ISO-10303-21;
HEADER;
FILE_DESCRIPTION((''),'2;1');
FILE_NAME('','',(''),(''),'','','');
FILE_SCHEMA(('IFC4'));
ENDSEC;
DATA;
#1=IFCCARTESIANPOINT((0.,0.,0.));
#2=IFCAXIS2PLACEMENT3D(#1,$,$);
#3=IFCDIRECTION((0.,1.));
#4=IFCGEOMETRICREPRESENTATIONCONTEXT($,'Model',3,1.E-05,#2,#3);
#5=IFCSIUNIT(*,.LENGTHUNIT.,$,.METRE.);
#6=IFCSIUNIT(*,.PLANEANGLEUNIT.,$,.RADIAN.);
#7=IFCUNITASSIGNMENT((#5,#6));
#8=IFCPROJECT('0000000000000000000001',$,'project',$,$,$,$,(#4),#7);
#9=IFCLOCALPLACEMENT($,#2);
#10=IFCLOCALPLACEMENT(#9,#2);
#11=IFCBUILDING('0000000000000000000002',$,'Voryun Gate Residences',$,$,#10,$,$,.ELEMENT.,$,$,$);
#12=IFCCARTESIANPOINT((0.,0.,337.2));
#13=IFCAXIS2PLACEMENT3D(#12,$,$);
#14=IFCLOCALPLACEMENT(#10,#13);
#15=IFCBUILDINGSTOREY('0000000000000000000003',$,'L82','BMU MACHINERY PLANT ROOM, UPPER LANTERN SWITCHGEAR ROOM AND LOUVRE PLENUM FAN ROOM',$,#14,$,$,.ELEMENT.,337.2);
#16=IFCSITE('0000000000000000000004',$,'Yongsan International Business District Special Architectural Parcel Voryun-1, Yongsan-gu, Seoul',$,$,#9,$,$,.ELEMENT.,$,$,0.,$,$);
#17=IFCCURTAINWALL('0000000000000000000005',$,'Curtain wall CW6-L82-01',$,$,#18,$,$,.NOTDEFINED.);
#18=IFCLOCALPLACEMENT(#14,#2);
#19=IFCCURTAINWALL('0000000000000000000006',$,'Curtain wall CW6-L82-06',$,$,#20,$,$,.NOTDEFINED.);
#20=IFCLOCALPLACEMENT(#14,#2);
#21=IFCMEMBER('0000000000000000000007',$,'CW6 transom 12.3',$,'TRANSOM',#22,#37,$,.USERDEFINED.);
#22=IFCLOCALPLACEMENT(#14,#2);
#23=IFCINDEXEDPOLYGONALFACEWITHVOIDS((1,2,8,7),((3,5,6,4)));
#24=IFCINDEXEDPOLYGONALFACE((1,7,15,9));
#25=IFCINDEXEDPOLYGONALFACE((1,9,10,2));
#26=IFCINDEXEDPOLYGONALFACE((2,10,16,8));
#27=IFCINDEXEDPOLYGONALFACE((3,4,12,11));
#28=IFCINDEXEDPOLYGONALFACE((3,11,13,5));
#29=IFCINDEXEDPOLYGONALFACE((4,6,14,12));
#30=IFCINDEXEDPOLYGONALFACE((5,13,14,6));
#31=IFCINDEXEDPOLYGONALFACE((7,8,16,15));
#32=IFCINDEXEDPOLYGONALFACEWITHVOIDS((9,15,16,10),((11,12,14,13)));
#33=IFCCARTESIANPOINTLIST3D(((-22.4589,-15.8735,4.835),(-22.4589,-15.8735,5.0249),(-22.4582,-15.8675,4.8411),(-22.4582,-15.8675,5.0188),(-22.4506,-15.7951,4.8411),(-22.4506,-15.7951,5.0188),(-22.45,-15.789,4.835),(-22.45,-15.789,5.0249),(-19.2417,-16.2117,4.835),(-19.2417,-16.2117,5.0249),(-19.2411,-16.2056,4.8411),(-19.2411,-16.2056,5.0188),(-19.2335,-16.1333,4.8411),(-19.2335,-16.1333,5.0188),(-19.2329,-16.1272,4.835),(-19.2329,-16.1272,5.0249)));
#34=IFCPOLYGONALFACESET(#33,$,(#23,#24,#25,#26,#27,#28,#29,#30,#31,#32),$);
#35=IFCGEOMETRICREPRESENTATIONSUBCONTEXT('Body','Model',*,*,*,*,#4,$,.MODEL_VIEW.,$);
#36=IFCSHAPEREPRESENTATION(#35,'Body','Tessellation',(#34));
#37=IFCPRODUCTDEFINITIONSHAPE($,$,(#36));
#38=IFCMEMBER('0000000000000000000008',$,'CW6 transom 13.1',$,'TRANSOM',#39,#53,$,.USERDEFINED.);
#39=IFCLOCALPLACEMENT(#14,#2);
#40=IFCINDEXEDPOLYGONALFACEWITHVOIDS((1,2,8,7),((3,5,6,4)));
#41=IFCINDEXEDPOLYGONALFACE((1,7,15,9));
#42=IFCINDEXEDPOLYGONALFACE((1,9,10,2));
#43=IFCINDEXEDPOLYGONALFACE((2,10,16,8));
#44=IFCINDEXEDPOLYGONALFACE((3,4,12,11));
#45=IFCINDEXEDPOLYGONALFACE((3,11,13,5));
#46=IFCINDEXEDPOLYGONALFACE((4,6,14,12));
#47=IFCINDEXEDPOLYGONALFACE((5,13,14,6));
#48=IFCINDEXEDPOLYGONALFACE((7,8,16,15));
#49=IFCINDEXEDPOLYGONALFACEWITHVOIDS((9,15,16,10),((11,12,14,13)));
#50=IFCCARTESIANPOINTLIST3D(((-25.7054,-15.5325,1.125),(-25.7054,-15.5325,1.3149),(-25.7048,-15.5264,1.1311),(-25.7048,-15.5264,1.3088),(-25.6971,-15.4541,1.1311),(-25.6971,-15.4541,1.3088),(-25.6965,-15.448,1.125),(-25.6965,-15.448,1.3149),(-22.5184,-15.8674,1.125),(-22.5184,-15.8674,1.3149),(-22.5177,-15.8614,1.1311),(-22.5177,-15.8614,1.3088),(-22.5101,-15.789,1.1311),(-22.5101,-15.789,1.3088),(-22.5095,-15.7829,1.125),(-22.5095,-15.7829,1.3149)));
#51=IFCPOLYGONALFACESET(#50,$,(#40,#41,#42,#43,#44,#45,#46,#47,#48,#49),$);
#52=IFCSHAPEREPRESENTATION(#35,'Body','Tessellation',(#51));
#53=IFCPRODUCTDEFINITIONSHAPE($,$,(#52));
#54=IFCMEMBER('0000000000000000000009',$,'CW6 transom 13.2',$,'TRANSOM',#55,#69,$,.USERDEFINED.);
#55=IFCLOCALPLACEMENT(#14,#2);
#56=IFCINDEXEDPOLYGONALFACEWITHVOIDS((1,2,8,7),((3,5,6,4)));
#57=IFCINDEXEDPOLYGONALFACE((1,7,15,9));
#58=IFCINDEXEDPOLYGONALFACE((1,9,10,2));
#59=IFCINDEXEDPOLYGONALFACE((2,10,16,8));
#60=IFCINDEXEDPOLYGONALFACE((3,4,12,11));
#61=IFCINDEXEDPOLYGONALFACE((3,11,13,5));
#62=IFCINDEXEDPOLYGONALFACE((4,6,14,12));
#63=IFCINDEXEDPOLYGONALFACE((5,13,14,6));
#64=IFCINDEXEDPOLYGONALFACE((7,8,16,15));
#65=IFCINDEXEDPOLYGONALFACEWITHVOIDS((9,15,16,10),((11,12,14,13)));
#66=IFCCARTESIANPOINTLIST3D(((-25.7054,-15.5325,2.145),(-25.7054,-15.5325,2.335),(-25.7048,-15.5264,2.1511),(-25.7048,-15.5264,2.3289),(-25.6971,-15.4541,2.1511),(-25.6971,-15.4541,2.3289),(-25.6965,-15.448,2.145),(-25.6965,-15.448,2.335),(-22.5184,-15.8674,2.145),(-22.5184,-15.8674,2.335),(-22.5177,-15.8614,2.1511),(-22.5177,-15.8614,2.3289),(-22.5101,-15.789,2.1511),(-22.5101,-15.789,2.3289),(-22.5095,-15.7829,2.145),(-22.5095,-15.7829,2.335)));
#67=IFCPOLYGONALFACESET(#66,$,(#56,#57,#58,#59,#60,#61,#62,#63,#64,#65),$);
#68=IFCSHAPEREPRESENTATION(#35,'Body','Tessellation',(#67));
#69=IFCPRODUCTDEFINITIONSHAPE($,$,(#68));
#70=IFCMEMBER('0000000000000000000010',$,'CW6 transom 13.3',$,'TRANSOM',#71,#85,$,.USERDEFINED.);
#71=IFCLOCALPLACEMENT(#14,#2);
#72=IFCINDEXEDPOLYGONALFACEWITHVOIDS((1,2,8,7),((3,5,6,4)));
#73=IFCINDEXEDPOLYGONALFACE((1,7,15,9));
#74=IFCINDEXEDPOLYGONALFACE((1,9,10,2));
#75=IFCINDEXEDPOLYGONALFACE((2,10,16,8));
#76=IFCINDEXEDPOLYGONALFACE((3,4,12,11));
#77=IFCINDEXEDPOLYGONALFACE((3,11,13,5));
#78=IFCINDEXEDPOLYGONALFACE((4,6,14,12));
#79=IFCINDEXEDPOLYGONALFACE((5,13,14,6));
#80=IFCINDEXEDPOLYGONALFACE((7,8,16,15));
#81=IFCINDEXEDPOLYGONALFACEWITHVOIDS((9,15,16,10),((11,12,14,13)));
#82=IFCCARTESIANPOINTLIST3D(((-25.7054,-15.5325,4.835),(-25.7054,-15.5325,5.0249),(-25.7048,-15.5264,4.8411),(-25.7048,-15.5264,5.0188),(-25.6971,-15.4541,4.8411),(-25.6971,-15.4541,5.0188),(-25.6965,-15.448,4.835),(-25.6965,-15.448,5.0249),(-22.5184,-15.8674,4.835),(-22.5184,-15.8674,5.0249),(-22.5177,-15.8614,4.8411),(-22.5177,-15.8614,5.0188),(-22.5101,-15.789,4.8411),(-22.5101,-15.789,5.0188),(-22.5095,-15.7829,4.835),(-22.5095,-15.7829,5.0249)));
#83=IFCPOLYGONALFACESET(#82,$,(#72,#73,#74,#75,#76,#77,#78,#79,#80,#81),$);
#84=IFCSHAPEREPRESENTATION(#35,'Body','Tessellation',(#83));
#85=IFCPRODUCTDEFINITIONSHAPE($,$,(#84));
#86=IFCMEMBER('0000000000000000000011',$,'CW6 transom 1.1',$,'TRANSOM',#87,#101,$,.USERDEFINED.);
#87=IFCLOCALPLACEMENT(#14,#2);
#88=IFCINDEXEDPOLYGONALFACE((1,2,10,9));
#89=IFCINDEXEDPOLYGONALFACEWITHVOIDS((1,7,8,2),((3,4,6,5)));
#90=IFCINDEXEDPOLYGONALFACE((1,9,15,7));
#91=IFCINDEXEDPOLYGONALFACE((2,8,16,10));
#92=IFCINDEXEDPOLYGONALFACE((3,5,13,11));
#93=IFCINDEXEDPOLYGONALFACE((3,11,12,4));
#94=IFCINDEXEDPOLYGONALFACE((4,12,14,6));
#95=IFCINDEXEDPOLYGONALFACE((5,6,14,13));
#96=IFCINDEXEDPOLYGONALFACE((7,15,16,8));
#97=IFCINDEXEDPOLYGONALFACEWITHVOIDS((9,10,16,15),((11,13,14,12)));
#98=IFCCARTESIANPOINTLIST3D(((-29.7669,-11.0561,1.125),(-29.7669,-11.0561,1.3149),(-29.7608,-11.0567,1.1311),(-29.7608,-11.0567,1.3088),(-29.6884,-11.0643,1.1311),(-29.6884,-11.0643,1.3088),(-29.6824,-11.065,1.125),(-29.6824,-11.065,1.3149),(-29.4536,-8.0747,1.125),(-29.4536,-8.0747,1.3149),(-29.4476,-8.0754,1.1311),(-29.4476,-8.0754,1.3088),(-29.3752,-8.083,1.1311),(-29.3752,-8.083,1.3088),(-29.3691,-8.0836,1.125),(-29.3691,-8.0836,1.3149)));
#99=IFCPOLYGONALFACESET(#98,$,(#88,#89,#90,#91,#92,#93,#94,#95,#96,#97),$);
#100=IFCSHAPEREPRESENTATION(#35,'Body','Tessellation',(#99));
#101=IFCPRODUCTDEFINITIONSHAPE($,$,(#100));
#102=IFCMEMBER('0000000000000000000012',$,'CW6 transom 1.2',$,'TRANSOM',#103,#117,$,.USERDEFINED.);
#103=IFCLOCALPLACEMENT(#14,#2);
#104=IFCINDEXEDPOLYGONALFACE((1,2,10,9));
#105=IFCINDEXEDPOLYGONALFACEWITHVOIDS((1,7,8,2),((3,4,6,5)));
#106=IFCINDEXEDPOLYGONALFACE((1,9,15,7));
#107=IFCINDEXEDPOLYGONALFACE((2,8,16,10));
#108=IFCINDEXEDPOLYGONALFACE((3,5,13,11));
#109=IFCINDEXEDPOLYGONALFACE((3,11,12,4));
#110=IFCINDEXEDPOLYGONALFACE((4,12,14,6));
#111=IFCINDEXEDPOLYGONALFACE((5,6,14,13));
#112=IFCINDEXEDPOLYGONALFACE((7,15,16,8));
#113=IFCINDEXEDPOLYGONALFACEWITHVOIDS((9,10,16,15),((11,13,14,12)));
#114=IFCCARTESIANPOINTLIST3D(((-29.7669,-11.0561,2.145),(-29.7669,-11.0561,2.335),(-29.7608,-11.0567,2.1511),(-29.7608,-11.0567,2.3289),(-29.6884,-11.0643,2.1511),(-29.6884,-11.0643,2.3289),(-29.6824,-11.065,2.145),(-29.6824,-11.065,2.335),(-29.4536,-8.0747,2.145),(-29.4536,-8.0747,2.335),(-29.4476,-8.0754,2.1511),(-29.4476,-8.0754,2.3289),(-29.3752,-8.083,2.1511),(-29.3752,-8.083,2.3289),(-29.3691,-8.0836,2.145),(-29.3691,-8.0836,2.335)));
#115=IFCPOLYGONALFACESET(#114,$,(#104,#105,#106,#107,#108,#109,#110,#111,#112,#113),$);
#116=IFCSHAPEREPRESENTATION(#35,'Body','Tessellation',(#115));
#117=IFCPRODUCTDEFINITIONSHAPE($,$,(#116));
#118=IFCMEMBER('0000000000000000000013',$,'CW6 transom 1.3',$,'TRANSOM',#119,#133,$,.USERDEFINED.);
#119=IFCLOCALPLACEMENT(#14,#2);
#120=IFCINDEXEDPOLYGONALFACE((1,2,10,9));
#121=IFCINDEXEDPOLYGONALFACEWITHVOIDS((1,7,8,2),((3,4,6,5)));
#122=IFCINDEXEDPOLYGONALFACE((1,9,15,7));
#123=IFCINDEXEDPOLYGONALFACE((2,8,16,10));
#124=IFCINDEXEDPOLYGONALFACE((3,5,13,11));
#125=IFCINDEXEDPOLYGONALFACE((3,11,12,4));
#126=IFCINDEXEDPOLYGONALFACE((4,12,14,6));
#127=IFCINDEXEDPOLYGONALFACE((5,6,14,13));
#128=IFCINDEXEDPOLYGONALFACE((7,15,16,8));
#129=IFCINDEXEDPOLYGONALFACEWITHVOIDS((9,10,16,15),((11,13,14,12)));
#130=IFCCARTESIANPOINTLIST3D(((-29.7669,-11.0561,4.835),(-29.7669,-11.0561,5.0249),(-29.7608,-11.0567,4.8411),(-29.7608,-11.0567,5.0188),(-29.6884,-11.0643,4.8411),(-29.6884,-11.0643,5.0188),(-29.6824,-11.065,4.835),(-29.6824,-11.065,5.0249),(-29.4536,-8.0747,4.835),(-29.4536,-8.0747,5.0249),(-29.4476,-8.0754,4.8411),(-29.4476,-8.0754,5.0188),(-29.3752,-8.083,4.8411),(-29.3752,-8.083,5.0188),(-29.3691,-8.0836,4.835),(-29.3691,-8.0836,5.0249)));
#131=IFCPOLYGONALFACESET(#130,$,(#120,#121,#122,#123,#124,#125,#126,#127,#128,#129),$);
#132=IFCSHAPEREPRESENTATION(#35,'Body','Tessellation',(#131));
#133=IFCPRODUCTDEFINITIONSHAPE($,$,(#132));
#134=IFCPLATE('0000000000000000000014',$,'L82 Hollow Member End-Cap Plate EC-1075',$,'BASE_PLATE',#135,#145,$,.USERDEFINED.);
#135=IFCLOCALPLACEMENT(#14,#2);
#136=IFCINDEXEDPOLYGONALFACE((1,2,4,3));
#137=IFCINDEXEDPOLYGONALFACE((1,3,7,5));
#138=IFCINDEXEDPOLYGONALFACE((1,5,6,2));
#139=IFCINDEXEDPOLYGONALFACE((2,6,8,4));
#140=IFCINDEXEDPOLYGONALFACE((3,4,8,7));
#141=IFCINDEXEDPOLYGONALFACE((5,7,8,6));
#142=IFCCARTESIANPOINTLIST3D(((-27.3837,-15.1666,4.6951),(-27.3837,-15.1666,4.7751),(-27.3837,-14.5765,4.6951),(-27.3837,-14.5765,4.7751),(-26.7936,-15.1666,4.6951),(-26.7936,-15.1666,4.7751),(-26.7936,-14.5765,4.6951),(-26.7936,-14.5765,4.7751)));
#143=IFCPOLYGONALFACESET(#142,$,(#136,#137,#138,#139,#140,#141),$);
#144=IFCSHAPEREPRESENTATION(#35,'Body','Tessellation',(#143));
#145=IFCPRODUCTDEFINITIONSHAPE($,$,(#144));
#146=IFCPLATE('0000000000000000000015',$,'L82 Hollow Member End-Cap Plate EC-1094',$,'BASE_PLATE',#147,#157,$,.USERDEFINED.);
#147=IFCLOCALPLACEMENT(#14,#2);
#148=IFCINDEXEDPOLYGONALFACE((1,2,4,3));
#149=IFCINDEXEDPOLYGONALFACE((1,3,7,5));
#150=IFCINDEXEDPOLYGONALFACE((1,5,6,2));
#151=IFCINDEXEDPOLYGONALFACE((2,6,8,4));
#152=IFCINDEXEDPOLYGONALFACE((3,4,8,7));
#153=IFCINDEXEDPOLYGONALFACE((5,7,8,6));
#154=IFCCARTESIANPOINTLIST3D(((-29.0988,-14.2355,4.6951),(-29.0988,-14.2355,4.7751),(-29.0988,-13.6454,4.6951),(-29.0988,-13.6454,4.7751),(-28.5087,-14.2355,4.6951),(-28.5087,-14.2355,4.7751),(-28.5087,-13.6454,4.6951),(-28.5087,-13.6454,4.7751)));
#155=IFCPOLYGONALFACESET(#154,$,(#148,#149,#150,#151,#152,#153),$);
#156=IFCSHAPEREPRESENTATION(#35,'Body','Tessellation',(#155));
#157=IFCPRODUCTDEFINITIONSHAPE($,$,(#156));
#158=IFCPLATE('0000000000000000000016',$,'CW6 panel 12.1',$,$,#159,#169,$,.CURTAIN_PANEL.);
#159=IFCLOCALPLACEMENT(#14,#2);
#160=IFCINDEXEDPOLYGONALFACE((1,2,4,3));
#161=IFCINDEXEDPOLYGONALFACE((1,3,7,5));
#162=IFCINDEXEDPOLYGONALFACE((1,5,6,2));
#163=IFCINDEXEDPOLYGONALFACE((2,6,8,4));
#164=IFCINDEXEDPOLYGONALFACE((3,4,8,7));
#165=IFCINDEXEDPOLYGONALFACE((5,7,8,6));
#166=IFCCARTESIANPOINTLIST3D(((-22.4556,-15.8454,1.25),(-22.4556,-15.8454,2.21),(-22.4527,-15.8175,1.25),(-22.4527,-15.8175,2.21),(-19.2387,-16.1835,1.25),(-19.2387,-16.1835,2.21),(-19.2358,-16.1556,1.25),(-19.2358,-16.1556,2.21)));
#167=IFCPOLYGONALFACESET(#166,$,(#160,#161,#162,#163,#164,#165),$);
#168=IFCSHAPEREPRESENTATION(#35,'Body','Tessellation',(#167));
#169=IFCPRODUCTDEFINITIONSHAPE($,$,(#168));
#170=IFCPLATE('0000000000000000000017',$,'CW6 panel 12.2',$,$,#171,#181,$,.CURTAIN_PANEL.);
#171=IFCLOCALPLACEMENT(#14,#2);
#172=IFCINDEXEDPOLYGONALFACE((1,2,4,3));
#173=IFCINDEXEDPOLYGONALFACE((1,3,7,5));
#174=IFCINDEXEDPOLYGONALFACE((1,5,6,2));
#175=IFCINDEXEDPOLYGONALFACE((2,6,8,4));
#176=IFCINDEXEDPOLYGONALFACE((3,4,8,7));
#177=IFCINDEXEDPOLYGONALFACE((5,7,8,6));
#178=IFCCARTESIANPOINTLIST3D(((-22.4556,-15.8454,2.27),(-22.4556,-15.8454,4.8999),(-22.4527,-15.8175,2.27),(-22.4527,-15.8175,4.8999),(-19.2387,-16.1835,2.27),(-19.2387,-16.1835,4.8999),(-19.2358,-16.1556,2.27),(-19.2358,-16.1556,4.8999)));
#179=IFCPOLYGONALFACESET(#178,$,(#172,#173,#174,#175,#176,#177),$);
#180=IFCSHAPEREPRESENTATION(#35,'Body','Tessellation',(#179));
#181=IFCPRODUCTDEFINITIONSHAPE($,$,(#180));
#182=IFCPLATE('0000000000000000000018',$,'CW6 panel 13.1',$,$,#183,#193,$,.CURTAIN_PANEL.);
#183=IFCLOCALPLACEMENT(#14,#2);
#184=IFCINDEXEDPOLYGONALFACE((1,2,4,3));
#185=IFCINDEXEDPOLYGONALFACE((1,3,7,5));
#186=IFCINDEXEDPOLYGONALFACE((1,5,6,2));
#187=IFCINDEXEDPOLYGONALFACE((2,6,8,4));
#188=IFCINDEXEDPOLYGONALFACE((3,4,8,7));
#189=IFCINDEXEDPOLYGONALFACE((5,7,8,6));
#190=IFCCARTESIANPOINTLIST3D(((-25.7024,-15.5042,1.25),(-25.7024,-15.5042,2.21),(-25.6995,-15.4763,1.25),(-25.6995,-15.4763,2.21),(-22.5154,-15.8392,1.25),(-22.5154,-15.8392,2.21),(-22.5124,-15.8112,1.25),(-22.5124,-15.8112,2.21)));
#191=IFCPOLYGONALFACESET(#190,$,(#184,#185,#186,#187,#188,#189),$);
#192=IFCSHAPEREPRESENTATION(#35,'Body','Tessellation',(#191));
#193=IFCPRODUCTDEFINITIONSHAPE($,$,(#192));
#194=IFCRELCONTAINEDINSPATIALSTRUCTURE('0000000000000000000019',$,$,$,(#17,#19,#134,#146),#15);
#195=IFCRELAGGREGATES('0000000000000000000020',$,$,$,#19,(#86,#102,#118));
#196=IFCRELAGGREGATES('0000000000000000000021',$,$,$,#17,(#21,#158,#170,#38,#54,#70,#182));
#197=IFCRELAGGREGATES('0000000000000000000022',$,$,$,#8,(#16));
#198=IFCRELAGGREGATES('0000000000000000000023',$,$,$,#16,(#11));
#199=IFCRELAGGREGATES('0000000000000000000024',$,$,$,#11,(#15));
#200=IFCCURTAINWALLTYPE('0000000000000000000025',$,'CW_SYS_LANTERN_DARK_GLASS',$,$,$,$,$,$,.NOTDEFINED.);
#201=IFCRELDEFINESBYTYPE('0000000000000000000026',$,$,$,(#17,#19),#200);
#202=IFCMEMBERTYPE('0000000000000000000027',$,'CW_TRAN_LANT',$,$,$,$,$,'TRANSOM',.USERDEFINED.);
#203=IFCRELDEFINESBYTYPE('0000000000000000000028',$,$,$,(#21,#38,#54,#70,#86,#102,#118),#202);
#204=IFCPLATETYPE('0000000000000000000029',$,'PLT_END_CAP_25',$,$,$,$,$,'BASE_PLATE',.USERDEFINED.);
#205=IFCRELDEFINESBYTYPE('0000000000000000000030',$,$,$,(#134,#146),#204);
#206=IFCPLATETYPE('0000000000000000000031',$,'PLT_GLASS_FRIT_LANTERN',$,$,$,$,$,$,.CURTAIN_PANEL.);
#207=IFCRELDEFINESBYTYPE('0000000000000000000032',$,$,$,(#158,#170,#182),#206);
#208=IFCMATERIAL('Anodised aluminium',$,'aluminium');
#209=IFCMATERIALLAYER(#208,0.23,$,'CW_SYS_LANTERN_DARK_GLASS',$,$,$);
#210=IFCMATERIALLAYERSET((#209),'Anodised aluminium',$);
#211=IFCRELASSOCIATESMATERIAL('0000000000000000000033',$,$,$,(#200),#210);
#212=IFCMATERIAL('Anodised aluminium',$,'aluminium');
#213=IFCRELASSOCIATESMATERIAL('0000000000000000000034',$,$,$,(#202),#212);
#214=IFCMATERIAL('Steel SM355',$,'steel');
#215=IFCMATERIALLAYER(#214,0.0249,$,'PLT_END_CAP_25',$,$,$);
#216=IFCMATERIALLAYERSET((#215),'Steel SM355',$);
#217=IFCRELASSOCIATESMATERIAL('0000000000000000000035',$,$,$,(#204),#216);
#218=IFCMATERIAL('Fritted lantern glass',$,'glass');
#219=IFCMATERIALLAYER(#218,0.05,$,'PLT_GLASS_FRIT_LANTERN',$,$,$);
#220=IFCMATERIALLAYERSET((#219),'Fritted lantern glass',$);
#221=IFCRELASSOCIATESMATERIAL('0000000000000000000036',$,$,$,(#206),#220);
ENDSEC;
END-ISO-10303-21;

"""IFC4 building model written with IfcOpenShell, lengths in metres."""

from ifc_helpers import new_model, si_unit, direction, frame, origin, origin_2d, place, context, subcontext, project, spatial, rectangle, hollow_rectangle, extrude, material, layer, layer_set, material_profile, profile_set, type_object, element, aggregate, save


model = new_model("IFC4")

# Units and contexts
model_context = context("Model", 3, precision=1e-05, world=origin(), true_north=direction((0.0, 1.0)))
body_context = subcontext(model_context, "Body", "Model", "MODEL_VIEW")
ifc_project = project(units=[si_unit("LENGTHUNIT", "METRE"), si_unit("PLANEANGLEUNIT", "RADIAN")], contexts=[model_context])

# Site, building, storey
site_placement = place(None, origin())
site = spatial("IfcSite", under=ifc_project, at=site_placement, Name="Yongsan International Business District Special Architectural Parcel Voryun-1, Yongsan-gu, Seoul", CompositionType="ELEMENT", RefElevation=0.0)
building_placement = place(site_placement, origin())
building = spatial("IfcBuilding", under=site, at=building_placement, Name="Voryun Gate Residences", CompositionType="ELEMENT")
storey_placement = place(building_placement, frame((0.0, 0.0, 337.2)))
storey = spatial("IfcBuildingStorey", under=building, at=storey_placement, Name="L82", Description="BMU MACHINERY PLANT ROOM, UPPER LANTERN SWITCHGEAR ROOM AND LOUVRE PLENUM FAN ROOM", CompositionType="ELEMENT", Elevation=337.2)

# Curtain wall
ifc_material_1 = material(Name="Anodised aluminium", Category="aluminium")
ifc_layer_1 = layer(ifc_material_1, 0.23, Name="CW_SYS_LANTERN_DARK_GLASS")
ifc_layer_set_1 = layer_set([ifc_layer_1], Name="Anodised aluminium")
curtain_wall_type = type_object("IfcCurtainWallType", Name="CW_SYS_LANTERN_DARK_GLASS", PredefinedType="NOTDEFINED", material=ifc_layer_set_1)
curtain_wall_1_placement = place(storey_placement, origin())
curtain_wall_1 = element("IfcCurtainWall", 1, at=curtain_wall_1_placement, inside=storey, type_object=curtain_wall_type, Name="Curtain wall CW6-L82-01", PredefinedType="NOTDEFINED")

# Curtain wall
curtain_wall_2_placement = place(storey_placement, origin())
curtain_wall_2 = element("IfcCurtainWall", 2, at=curtain_wall_2_placement, inside=storey, type_object=curtain_wall_type, Name="Curtain wall CW6-L82-06", PredefinedType="NOTDEFINED")

# Members
ifc_material_2 = material(Name="Anodised aluminium", Category="aluminium")
ifc_material_profile_1 = material_profile(ifc_material_2, hollow_rectangle(XDim=0.085, YDim=0.1899, WallThickness=0.0061, at=origin_2d()), Name="ALU-TRAN-190x85x6")
ifc_profile_set_1 = profile_set([ifc_material_profile_1], Name="Anodised aluminium")
member_type_1 = type_object("IfcMemberType", Name="CW_TRAN_LANT", ElementType="TRANSOM", PredefinedType="USERDEFINED", material=ifc_profile_set_1)
member_1_placement = place(storey_placement, frame((-19.2373, -16.1694, 4.9299), z_axis=(-0.994522, 0.104532, 0.0), x_axis=(-0.104532, -0.994522, 0.0)))
member_1 = element("IfcMember", 3, at=member_1_placement, type_object=member_type_1, Name="CW6 transom 12.3", ObjectType="TRANSOM", PredefinedType="USERDEFINED", context=body_context, shape_type="SweptSolid", body=[
    extrude(hollow_rectangle(XDim=0.085, YDim=0.1899, WallThickness=0.0061, at=origin_2d()), origin(), (0.0, 0.0, 1.0), 3.2349),
])
member_2_placement = place(storey_placement, frame((-22.5139, -15.8252, 1.22), z_axis=(-0.994522, 0.104526, 0.0), x_axis=(-0.104526, -0.994522, 0.0)))
member_2 = element("IfcMember", 4, at=member_2_placement, type_object=member_type_1, Name="CW6 transom 13.1", ObjectType="TRANSOM", PredefinedType="USERDEFINED", context=body_context, shape_type="SweptSolid", body=[
    extrude(hollow_rectangle(XDim=0.085, YDim=0.1899, WallThickness=0.0061, at=origin_2d()), origin(), (0.0, 0.0, 1.0), 3.2046),
])
member_3_placement = place(storey_placement, frame((-22.5139, -15.8252, 2.24), z_axis=(-0.994522, 0.104526, 0.0), x_axis=(-0.104526, -0.994522, 0.0)))
member_3 = element("IfcMember", 5, at=member_3_placement, type_object=member_type_1, Name="CW6 transom 13.2", ObjectType="TRANSOM", PredefinedType="USERDEFINED", context=body_context, shape_type="SweptSolid", body=[
    extrude(hollow_rectangle(XDim=0.085, YDim=0.1899, WallThickness=0.0061, at=origin_2d()), origin(), (0.0, 0.0, 1.0), 3.2046),
])
member_4_placement = place(storey_placement, frame((-22.5139, -15.8252, 4.9299), z_axis=(-0.994522, 0.104526, 0.0), x_axis=(-0.104526, -0.994522, 0.0)))
member_4 = element("IfcMember", 6, at=member_4_placement, type_object=member_type_1, Name="CW6 transom 13.3", ObjectType="TRANSOM", PredefinedType="USERDEFINED", context=body_context, shape_type="SweptSolid", body=[
    extrude(hollow_rectangle(XDim=0.085, YDim=0.1899, WallThickness=0.0061, at=origin_2d()), origin(), (0.0, 0.0, 1.0), 3.2046),
])
member_5_placement = place(storey_placement, frame((-29.7246, -11.0605, 1.22), z_axis=(0.104486, 0.994526, 0.0), x_axis=(-0.994526, 0.104486, 0.0)))
member_5 = element("IfcMember", 7, at=member_5_placement, type_object=member_type_1, Name="CW6 transom 1.1", ObjectType="TRANSOM", PredefinedType="USERDEFINED", context=body_context, shape_type="SweptSolid", body=[
    extrude(hollow_rectangle(XDim=0.085, YDim=0.1899, WallThickness=0.0061, at=origin_2d()), origin(), (0.0, 0.0, 1.0), 2.9978),
])
member_6_placement = place(storey_placement, frame((-29.7246, -11.0605, 2.24), z_axis=(0.104486, 0.994526, 0.0), x_axis=(-0.994526, 0.104486, 0.0)))
member_6 = element("IfcMember", 8, at=member_6_placement, type_object=member_type_1, Name="CW6 transom 1.2", ObjectType="TRANSOM", PredefinedType="USERDEFINED", context=body_context, shape_type="SweptSolid", body=[
    extrude(hollow_rectangle(XDim=0.085, YDim=0.1899, WallThickness=0.0061, at=origin_2d()), origin(), (0.0, 0.0, 1.0), 2.9978),
])
member_7_placement = place(storey_placement, frame((-29.7246, -11.0605, 4.9299), z_axis=(0.104486, 0.994526, 0.0), x_axis=(-0.994526, 0.104486, 0.0)))
member_7 = element("IfcMember", 9, at=member_7_placement, type_object=member_type_1, Name="CW6 transom 1.3", ObjectType="TRANSOM", PredefinedType="USERDEFINED", context=body_context, shape_type="SweptSolid", body=[
    extrude(hollow_rectangle(XDim=0.085, YDim=0.1899, WallThickness=0.0061, at=origin_2d()), origin(), (0.0, 0.0, 1.0), 2.9978),
])
aggregate(curtain_wall_2, [member_5, member_6, member_7])

# Plates
ifc_material_3 = material(Name="Steel SM355", Category="steel")
ifc_layer_2 = layer(ifc_material_3, 0.0249, Name="PLT_END_CAP_25")
ifc_layer_set_2 = layer_set([ifc_layer_2], Name="Steel SM355")
plate_type_1 = type_object("IfcPlateType", Name="PLT_END_CAP_25", ElementType="BASE_PLATE", PredefinedType="USERDEFINED", material=ifc_layer_set_2)
for number, where, z_axis, x_axis, name in (
    (10, (-27.0886, -14.8716, 4.6951), (0.0, 0.0, 1.0), (1.0, 0.0, 0.0), "L82 Hollow Member End-Cap Plate EC-1075"),
    (11, (-28.8037, -13.9404, 4.6951), (0.0, 0.0, 1.0), (1.0, 0.0, 0.0), "L82 Hollow Member End-Cap Plate EC-1094"),
):
    element("IfcPlate", number, at=place(storey_placement, frame(where, z_axis=z_axis, x_axis=x_axis)), inside=storey, type_object=plate_type_1, Name=name, ObjectType="BASE_PLATE", PredefinedType="USERDEFINED", context=body_context, shape_type="SweptSolid", body=[
        extrude(rectangle(XDim=0.5901, YDim=0.5901, at=origin_2d()), origin(), (0.0, 0.0, 1.0), 0.0801),
    ])

# Plates
ifc_material_4 = material(Name="Fritted lantern glass", Category="glass")
ifc_layer_3 = layer(ifc_material_4, 0.05, Name="PLT_GLASS_FRIT_LANTERN")
ifc_layer_set_3 = layer_set([ifc_layer_3], Name="Fritted lantern glass")
plate_type_2 = type_object("IfcPlateType", Name="PLT_GLASS_FRIT_LANTERN", PredefinedType="CURTAIN_PANEL", material=ifc_layer_set_3)
plate_1_placement = place(storey_placement, frame((-20.8457, -16.0005, 1.25), z_axis=(0.0, 0.0, 1.0), x_axis=(-0.994522, 0.104528, 0.0)))
plate_1 = element("IfcPlate", 12, at=plate_1_placement, type_object=plate_type_2, Name="CW6 panel 12.1", PredefinedType="CURTAIN_PANEL", context=body_context, shape_type="SweptSolid", body=[
    extrude(rectangle(XDim=3.2346, YDim=0.0281, at=origin_2d()), origin(), (0.0, 0.0, 1.0), 0.96),
])
plate_2_placement = place(storey_placement, frame((-20.8457, -16.0005, 2.27), z_axis=(0.0, 0.0, 1.0), x_axis=(-0.994522, 0.104528, 0.0)))
plate_2 = element("IfcPlate", 13, at=plate_2_placement, type_object=plate_type_2, Name="CW6 panel 12.2", PredefinedType="CURTAIN_PANEL", context=body_context, shape_type="SweptSolid", body=[
    extrude(rectangle(XDim=3.2346, YDim=0.0281, at=origin_2d()), origin(), (0.0, 0.0, 1.0), 2.6299),
])
plate_3_placement = place(storey_placement, frame((-24.1074, -15.6577, 1.25), z_axis=(0.0, 0.0, 1.0), x_axis=(-0.994522, 0.104528, 0.0)))
plate_3 = element("IfcPlate", 14, at=plate_3_placement, type_object=plate_type_2, Name="CW6 panel 13.1", PredefinedType="CURTAIN_PANEL", context=body_context, shape_type="SweptSolid", body=[
    extrude(rectangle(XDim=3.2046, YDim=0.0281, at=origin_2d()), origin(), (0.0, 0.0, 1.0), 0.96),
])
aggregate(curtain_wall_1, [member_1, plate_1, plate_2, member_2, member_3, member_4, plate_3])

save(model, "model.ifc")
